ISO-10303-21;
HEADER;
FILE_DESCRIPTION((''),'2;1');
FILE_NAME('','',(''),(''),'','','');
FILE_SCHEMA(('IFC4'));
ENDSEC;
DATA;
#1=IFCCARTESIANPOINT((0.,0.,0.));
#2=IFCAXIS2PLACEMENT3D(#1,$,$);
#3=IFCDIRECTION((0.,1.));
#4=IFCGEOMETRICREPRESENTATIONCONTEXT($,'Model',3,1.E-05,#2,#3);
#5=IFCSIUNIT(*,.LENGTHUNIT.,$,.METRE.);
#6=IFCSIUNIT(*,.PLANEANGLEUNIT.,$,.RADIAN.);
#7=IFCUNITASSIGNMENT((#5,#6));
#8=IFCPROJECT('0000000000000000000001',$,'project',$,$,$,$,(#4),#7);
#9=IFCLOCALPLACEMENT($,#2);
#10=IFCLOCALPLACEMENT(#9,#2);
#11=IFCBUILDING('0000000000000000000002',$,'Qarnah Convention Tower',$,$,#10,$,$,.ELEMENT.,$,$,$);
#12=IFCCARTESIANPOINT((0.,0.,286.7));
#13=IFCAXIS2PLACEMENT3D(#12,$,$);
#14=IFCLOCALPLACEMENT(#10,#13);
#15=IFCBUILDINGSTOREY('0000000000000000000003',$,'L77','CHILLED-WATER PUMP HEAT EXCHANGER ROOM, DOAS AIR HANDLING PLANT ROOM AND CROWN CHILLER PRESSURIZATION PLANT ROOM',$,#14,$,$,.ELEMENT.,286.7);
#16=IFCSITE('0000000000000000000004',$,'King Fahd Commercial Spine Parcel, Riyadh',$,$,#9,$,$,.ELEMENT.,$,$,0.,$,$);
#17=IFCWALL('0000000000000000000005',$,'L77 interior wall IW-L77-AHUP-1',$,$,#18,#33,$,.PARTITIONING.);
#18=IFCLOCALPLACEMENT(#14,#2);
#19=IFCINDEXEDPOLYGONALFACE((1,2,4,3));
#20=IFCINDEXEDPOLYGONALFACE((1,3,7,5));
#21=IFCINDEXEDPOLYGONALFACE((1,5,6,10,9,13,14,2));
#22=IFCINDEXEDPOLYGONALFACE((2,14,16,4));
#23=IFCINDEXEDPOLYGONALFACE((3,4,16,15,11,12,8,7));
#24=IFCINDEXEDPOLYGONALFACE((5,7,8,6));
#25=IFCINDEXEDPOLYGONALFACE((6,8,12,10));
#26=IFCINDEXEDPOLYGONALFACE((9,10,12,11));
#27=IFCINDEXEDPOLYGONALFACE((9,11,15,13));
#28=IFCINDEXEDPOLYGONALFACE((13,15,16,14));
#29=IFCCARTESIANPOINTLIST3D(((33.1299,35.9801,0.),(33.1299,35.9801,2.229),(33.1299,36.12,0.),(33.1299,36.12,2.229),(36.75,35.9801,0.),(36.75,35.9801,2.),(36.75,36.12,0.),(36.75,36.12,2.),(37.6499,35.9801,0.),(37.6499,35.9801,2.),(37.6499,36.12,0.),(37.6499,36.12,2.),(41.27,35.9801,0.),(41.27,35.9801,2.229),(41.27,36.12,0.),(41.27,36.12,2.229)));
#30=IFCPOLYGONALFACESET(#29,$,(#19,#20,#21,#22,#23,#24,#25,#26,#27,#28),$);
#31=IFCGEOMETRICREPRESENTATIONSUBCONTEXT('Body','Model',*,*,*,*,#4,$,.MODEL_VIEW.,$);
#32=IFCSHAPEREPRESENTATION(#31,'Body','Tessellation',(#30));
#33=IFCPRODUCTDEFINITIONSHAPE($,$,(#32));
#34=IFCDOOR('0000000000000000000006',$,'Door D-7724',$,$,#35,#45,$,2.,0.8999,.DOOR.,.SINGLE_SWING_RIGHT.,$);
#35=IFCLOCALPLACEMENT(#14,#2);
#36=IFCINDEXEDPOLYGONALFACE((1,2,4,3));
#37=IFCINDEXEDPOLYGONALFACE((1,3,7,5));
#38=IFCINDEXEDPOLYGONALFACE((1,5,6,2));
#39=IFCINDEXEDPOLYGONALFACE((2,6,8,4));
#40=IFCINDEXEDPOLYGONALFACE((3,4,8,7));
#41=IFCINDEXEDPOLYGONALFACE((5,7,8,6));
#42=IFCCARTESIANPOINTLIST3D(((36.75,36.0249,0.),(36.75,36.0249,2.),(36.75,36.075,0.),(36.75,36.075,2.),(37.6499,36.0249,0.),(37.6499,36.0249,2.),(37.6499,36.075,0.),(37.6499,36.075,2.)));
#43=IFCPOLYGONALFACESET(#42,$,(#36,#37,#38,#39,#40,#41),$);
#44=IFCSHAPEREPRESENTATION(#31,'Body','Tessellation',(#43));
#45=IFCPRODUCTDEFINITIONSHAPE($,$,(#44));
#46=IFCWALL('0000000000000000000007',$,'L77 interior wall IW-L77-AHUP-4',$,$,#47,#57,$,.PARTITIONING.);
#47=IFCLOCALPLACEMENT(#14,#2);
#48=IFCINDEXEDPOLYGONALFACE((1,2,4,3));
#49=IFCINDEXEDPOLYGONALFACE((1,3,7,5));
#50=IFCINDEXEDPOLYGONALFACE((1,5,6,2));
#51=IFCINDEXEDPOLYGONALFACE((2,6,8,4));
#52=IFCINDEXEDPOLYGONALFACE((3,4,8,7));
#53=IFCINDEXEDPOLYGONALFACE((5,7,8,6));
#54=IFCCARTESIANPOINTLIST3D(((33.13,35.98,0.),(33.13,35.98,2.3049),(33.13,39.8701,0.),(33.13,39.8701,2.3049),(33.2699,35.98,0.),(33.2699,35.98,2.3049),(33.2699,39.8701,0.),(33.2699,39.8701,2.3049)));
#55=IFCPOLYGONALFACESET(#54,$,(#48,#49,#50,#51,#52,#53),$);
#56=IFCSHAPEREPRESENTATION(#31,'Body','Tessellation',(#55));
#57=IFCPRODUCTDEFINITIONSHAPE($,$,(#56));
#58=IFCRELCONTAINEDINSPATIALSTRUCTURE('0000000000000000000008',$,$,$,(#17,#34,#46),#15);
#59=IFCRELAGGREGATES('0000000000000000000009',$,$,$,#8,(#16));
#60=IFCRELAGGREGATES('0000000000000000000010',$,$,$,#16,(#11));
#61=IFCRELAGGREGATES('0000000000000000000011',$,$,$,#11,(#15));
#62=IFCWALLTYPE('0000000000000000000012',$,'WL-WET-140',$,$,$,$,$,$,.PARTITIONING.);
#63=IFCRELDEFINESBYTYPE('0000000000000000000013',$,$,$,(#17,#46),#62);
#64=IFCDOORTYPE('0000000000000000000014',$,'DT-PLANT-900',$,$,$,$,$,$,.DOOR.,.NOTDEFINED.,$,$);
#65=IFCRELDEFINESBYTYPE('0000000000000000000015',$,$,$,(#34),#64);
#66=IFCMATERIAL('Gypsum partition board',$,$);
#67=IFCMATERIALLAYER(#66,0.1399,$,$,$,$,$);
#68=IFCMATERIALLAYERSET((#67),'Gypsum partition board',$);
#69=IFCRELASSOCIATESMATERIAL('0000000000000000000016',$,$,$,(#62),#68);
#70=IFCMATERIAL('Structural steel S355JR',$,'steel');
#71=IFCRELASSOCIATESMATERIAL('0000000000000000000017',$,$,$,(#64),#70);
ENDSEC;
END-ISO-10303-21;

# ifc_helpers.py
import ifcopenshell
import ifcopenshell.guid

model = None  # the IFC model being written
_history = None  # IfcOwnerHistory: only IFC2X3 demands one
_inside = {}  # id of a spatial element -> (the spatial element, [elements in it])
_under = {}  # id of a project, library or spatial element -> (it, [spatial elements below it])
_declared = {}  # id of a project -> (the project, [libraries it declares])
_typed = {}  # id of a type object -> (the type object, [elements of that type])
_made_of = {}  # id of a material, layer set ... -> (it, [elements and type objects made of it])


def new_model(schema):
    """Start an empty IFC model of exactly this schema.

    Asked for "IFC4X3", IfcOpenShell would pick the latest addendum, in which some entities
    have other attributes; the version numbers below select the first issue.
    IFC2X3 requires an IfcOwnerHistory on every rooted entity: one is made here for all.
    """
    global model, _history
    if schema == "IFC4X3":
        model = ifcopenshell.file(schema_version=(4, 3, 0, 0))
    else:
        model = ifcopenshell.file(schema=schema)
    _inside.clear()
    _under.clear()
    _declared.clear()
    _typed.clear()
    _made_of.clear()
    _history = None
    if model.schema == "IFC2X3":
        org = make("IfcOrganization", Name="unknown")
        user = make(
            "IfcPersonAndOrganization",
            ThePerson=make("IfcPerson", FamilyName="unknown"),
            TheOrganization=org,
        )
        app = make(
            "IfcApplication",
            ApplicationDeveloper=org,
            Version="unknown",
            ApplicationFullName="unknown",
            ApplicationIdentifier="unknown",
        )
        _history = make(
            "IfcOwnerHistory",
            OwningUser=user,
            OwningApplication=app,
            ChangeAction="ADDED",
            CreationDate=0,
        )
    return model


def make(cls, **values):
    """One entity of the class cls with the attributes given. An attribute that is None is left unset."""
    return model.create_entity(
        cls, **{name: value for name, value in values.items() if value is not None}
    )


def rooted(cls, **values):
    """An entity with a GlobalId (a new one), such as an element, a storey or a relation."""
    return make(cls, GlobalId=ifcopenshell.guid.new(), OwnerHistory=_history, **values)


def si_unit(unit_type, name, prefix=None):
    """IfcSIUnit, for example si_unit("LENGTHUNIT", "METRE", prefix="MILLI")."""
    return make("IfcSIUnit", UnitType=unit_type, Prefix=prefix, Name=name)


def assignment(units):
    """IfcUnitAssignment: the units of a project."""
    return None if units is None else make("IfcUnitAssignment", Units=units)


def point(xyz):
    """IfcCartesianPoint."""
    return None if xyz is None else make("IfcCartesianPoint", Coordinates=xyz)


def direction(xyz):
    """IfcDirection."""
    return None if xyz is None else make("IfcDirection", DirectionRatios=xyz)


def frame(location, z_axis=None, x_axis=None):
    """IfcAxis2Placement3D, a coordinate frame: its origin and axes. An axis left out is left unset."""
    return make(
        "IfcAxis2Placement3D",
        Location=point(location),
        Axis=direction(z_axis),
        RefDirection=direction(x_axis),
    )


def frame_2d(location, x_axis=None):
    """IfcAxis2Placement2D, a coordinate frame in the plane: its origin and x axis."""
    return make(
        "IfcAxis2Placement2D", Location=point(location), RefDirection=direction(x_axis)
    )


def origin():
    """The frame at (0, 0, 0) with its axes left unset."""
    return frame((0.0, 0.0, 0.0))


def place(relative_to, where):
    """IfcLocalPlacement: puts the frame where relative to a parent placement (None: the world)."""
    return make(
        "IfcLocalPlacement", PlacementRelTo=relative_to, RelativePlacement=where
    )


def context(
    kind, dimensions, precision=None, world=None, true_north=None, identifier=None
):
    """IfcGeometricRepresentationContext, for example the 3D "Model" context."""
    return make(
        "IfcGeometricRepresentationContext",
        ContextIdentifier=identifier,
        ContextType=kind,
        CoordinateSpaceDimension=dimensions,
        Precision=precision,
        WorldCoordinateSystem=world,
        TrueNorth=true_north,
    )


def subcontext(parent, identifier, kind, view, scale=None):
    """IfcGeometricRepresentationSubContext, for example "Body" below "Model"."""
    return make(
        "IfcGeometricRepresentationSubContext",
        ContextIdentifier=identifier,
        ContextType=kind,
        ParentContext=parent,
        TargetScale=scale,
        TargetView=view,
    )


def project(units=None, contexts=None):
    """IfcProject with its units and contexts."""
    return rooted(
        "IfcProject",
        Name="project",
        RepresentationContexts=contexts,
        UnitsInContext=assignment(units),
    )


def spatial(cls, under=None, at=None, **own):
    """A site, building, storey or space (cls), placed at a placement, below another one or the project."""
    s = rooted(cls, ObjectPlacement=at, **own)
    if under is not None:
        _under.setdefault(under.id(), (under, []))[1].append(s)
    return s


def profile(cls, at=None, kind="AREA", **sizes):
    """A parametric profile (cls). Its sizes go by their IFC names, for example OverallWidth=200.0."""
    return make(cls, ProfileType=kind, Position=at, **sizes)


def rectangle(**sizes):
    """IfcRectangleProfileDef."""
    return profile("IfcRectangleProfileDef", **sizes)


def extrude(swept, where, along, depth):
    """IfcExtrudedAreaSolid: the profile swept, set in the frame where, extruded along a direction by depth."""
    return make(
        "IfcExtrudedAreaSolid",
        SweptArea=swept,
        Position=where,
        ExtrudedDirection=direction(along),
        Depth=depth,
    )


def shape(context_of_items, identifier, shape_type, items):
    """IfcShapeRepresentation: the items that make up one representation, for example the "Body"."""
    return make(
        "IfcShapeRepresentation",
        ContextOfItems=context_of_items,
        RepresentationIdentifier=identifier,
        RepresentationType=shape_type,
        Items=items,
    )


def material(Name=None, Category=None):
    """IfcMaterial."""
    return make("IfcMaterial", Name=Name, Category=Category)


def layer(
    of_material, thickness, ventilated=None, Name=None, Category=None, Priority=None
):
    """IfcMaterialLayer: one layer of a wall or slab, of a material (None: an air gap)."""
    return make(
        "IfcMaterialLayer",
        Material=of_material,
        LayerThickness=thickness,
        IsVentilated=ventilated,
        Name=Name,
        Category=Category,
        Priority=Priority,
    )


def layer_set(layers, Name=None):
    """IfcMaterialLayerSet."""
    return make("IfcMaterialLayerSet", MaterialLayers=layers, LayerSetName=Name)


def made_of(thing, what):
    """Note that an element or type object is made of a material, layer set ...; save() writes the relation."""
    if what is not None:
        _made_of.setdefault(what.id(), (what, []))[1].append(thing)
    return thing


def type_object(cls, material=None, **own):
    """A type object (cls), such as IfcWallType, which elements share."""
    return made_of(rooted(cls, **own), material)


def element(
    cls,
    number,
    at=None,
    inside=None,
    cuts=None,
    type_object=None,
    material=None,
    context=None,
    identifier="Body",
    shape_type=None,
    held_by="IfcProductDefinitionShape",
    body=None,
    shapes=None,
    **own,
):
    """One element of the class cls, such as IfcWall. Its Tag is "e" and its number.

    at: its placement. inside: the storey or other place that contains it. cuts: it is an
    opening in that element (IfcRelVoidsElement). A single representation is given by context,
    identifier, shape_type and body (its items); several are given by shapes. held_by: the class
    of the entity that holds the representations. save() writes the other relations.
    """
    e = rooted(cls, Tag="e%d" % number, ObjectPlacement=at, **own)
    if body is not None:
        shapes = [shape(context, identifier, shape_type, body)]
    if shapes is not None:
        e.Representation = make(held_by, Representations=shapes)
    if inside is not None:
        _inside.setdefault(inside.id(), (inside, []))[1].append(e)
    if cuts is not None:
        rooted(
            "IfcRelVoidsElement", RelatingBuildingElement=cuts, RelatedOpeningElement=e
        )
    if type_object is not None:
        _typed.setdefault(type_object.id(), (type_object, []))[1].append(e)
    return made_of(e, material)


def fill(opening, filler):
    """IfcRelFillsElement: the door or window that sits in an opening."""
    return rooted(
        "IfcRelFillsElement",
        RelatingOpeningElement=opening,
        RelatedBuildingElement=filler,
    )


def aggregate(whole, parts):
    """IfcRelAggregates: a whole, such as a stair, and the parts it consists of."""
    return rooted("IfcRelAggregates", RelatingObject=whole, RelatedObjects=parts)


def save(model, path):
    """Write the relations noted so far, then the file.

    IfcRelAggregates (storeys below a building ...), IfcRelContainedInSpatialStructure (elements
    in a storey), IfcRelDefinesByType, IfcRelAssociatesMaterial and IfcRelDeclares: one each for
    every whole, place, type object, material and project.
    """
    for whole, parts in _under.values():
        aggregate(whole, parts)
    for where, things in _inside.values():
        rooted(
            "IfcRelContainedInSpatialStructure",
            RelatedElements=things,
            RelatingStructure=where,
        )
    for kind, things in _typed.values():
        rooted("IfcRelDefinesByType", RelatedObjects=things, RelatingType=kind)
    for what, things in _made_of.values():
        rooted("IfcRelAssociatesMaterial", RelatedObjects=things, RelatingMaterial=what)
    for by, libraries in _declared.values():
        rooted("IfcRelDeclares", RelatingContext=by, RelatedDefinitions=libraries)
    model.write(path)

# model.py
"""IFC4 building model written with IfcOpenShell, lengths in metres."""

from ifc_helpers import new_model, si_unit, direction, frame, frame_2d, origin, place, context, subcontext, project, spatial, rectangle, extrude, material, layer, layer_set, type_object, element, fill, save


model = new_model("IFC4")

# Units and contexts
model_context = context("Model", 3, precision=1e-05, world=origin(), true_north=direction((0.0, 1.0)))
body_context = subcontext(model_context, "Body", "Model", "MODEL_VIEW")
ifc_project = project(units=[si_unit("LENGTHUNIT", "METRE"), si_unit("PLANEANGLEUNIT", "RADIAN")], contexts=[model_context])

# Site, building, storey
site_placement = place(None, origin())
site = spatial("IfcSite", under=ifc_project, at=site_placement, Name="King Fahd Commercial Spine Parcel, Riyadh", CompositionType="ELEMENT", RefElevation=0.0)
building_placement = place(site_placement, origin())
building = spatial("IfcBuilding", under=site, at=building_placement, Name="Qarnah Convention Tower", CompositionType="ELEMENT")
storey_placement = place(building_placement, frame((0.0, 0.0, 286.7)))
storey = spatial("IfcBuildingStorey", under=building, at=storey_placement, Name="L77", Description="CHILLED-WATER PUMP HEAT EXCHANGER ROOM, DOAS AIR HANDLING PLANT ROOM AND CROWN CHILLER PRESSURIZATION PLANT ROOM", CompositionType="ELEMENT", Elevation=286.7)

# Shared definitions
ifc_material_1 = material(Name="Structural steel S355JR", Category="steel")

# Wall, opening, door
ifc_material_2 = material(Name="Gypsum partition board")
ifc_layer_1 = layer(ifc_material_2, 0.1399)
ifc_layer_set_1 = layer_set([ifc_layer_1], Name="Gypsum partition board")
wall_type_1 = type_object("IfcWallType", Name="WL-WET-140", PredefinedType="PARTITIONING", material=ifc_layer_set_1)
wall_1_placement = place(storey_placement, frame((33.1299, 36.05, 0.0), z_axis=(0.0, 0.0, 1.0), x_axis=(1.0, 0.0, 0.0)))
wall_1 = element("IfcWall", 1, at=wall_1_placement, inside=storey, type_object=wall_type_1, Name="L77 interior wall IW-L77-AHUP-1", PredefinedType="PARTITIONING", context=body_context, shape_type="SweptSolid", body=[
    extrude(rectangle(XDim=8.1401, YDim=0.1399, at=frame_2d((4.0701, 0.0))), origin(), (0.0, 0.0, 1.0), 2.229),
])
opening_1_placement = place(wall_1_placement, frame((3.6201, 0.0, 0.0)))
opening_1 = element("IfcOpeningElement", 2, at=opening_1_placement, cuts=wall_1, PredefinedType="OPENING", context=body_context, shape_type="SweptSolid", body=[
    extrude(rectangle(XDim=0.8999, YDim=2.0, at=frame_2d((0.45, 1.0))), frame((0.0, 0.0798, 0.0), z_axis=(0.0, -1.0, 0.0), x_axis=(1.0, 0.0, 0.0)), (0.0, 0.0, 1.0), 0.1599),
])
door_type_1 = type_object("IfcDoorType", Name="DT-PLANT-900", OperationType="NOTDEFINED", PredefinedType="DOOR", material=ifc_material_1)
door_1_placement = place(opening_1_placement, origin())
door_1 = element("IfcDoor", 3, at=door_1_placement, inside=storey, type_object=door_type_1, Name="Door D-7724", OperationType="SINGLE_SWING_RIGHT", OverallHeight=2.0, OverallWidth=0.8999, PredefinedType="DOOR", context=body_context, shape_type="SweptSolid", body=[
    extrude(rectangle(XDim=0.8999, YDim=2.0, at=frame_2d((0.45, 1.0))), frame((0.0, 0.0249, 0.0), z_axis=(0.0, -1.0, 0.0), x_axis=(1.0, 0.0, 0.0)), (0.0, 0.0, 1.0), 0.05),
])
fill(opening_1, door_1)

# Wall
wall_2_placement = place(storey_placement, frame((33.2, 39.8701, 0.0), z_axis=(0.0, 0.0, 1.0), x_axis=(0.0, -1.0, 0.0)))
element("IfcWall", 4, at=wall_2_placement, inside=storey, type_object=wall_type_1, Name="L77 interior wall IW-L77-AHUP-4", PredefinedType="PARTITIONING", context=body_context, shape_type="SweptSolid", body=[
    extrude(rectangle(XDim=3.8901, YDim=0.1399, at=frame_2d((1.9451, 0.0))), origin(), (0.0, 0.0, 1.0), 2.3049),
])

save(model, "model.ifc")
